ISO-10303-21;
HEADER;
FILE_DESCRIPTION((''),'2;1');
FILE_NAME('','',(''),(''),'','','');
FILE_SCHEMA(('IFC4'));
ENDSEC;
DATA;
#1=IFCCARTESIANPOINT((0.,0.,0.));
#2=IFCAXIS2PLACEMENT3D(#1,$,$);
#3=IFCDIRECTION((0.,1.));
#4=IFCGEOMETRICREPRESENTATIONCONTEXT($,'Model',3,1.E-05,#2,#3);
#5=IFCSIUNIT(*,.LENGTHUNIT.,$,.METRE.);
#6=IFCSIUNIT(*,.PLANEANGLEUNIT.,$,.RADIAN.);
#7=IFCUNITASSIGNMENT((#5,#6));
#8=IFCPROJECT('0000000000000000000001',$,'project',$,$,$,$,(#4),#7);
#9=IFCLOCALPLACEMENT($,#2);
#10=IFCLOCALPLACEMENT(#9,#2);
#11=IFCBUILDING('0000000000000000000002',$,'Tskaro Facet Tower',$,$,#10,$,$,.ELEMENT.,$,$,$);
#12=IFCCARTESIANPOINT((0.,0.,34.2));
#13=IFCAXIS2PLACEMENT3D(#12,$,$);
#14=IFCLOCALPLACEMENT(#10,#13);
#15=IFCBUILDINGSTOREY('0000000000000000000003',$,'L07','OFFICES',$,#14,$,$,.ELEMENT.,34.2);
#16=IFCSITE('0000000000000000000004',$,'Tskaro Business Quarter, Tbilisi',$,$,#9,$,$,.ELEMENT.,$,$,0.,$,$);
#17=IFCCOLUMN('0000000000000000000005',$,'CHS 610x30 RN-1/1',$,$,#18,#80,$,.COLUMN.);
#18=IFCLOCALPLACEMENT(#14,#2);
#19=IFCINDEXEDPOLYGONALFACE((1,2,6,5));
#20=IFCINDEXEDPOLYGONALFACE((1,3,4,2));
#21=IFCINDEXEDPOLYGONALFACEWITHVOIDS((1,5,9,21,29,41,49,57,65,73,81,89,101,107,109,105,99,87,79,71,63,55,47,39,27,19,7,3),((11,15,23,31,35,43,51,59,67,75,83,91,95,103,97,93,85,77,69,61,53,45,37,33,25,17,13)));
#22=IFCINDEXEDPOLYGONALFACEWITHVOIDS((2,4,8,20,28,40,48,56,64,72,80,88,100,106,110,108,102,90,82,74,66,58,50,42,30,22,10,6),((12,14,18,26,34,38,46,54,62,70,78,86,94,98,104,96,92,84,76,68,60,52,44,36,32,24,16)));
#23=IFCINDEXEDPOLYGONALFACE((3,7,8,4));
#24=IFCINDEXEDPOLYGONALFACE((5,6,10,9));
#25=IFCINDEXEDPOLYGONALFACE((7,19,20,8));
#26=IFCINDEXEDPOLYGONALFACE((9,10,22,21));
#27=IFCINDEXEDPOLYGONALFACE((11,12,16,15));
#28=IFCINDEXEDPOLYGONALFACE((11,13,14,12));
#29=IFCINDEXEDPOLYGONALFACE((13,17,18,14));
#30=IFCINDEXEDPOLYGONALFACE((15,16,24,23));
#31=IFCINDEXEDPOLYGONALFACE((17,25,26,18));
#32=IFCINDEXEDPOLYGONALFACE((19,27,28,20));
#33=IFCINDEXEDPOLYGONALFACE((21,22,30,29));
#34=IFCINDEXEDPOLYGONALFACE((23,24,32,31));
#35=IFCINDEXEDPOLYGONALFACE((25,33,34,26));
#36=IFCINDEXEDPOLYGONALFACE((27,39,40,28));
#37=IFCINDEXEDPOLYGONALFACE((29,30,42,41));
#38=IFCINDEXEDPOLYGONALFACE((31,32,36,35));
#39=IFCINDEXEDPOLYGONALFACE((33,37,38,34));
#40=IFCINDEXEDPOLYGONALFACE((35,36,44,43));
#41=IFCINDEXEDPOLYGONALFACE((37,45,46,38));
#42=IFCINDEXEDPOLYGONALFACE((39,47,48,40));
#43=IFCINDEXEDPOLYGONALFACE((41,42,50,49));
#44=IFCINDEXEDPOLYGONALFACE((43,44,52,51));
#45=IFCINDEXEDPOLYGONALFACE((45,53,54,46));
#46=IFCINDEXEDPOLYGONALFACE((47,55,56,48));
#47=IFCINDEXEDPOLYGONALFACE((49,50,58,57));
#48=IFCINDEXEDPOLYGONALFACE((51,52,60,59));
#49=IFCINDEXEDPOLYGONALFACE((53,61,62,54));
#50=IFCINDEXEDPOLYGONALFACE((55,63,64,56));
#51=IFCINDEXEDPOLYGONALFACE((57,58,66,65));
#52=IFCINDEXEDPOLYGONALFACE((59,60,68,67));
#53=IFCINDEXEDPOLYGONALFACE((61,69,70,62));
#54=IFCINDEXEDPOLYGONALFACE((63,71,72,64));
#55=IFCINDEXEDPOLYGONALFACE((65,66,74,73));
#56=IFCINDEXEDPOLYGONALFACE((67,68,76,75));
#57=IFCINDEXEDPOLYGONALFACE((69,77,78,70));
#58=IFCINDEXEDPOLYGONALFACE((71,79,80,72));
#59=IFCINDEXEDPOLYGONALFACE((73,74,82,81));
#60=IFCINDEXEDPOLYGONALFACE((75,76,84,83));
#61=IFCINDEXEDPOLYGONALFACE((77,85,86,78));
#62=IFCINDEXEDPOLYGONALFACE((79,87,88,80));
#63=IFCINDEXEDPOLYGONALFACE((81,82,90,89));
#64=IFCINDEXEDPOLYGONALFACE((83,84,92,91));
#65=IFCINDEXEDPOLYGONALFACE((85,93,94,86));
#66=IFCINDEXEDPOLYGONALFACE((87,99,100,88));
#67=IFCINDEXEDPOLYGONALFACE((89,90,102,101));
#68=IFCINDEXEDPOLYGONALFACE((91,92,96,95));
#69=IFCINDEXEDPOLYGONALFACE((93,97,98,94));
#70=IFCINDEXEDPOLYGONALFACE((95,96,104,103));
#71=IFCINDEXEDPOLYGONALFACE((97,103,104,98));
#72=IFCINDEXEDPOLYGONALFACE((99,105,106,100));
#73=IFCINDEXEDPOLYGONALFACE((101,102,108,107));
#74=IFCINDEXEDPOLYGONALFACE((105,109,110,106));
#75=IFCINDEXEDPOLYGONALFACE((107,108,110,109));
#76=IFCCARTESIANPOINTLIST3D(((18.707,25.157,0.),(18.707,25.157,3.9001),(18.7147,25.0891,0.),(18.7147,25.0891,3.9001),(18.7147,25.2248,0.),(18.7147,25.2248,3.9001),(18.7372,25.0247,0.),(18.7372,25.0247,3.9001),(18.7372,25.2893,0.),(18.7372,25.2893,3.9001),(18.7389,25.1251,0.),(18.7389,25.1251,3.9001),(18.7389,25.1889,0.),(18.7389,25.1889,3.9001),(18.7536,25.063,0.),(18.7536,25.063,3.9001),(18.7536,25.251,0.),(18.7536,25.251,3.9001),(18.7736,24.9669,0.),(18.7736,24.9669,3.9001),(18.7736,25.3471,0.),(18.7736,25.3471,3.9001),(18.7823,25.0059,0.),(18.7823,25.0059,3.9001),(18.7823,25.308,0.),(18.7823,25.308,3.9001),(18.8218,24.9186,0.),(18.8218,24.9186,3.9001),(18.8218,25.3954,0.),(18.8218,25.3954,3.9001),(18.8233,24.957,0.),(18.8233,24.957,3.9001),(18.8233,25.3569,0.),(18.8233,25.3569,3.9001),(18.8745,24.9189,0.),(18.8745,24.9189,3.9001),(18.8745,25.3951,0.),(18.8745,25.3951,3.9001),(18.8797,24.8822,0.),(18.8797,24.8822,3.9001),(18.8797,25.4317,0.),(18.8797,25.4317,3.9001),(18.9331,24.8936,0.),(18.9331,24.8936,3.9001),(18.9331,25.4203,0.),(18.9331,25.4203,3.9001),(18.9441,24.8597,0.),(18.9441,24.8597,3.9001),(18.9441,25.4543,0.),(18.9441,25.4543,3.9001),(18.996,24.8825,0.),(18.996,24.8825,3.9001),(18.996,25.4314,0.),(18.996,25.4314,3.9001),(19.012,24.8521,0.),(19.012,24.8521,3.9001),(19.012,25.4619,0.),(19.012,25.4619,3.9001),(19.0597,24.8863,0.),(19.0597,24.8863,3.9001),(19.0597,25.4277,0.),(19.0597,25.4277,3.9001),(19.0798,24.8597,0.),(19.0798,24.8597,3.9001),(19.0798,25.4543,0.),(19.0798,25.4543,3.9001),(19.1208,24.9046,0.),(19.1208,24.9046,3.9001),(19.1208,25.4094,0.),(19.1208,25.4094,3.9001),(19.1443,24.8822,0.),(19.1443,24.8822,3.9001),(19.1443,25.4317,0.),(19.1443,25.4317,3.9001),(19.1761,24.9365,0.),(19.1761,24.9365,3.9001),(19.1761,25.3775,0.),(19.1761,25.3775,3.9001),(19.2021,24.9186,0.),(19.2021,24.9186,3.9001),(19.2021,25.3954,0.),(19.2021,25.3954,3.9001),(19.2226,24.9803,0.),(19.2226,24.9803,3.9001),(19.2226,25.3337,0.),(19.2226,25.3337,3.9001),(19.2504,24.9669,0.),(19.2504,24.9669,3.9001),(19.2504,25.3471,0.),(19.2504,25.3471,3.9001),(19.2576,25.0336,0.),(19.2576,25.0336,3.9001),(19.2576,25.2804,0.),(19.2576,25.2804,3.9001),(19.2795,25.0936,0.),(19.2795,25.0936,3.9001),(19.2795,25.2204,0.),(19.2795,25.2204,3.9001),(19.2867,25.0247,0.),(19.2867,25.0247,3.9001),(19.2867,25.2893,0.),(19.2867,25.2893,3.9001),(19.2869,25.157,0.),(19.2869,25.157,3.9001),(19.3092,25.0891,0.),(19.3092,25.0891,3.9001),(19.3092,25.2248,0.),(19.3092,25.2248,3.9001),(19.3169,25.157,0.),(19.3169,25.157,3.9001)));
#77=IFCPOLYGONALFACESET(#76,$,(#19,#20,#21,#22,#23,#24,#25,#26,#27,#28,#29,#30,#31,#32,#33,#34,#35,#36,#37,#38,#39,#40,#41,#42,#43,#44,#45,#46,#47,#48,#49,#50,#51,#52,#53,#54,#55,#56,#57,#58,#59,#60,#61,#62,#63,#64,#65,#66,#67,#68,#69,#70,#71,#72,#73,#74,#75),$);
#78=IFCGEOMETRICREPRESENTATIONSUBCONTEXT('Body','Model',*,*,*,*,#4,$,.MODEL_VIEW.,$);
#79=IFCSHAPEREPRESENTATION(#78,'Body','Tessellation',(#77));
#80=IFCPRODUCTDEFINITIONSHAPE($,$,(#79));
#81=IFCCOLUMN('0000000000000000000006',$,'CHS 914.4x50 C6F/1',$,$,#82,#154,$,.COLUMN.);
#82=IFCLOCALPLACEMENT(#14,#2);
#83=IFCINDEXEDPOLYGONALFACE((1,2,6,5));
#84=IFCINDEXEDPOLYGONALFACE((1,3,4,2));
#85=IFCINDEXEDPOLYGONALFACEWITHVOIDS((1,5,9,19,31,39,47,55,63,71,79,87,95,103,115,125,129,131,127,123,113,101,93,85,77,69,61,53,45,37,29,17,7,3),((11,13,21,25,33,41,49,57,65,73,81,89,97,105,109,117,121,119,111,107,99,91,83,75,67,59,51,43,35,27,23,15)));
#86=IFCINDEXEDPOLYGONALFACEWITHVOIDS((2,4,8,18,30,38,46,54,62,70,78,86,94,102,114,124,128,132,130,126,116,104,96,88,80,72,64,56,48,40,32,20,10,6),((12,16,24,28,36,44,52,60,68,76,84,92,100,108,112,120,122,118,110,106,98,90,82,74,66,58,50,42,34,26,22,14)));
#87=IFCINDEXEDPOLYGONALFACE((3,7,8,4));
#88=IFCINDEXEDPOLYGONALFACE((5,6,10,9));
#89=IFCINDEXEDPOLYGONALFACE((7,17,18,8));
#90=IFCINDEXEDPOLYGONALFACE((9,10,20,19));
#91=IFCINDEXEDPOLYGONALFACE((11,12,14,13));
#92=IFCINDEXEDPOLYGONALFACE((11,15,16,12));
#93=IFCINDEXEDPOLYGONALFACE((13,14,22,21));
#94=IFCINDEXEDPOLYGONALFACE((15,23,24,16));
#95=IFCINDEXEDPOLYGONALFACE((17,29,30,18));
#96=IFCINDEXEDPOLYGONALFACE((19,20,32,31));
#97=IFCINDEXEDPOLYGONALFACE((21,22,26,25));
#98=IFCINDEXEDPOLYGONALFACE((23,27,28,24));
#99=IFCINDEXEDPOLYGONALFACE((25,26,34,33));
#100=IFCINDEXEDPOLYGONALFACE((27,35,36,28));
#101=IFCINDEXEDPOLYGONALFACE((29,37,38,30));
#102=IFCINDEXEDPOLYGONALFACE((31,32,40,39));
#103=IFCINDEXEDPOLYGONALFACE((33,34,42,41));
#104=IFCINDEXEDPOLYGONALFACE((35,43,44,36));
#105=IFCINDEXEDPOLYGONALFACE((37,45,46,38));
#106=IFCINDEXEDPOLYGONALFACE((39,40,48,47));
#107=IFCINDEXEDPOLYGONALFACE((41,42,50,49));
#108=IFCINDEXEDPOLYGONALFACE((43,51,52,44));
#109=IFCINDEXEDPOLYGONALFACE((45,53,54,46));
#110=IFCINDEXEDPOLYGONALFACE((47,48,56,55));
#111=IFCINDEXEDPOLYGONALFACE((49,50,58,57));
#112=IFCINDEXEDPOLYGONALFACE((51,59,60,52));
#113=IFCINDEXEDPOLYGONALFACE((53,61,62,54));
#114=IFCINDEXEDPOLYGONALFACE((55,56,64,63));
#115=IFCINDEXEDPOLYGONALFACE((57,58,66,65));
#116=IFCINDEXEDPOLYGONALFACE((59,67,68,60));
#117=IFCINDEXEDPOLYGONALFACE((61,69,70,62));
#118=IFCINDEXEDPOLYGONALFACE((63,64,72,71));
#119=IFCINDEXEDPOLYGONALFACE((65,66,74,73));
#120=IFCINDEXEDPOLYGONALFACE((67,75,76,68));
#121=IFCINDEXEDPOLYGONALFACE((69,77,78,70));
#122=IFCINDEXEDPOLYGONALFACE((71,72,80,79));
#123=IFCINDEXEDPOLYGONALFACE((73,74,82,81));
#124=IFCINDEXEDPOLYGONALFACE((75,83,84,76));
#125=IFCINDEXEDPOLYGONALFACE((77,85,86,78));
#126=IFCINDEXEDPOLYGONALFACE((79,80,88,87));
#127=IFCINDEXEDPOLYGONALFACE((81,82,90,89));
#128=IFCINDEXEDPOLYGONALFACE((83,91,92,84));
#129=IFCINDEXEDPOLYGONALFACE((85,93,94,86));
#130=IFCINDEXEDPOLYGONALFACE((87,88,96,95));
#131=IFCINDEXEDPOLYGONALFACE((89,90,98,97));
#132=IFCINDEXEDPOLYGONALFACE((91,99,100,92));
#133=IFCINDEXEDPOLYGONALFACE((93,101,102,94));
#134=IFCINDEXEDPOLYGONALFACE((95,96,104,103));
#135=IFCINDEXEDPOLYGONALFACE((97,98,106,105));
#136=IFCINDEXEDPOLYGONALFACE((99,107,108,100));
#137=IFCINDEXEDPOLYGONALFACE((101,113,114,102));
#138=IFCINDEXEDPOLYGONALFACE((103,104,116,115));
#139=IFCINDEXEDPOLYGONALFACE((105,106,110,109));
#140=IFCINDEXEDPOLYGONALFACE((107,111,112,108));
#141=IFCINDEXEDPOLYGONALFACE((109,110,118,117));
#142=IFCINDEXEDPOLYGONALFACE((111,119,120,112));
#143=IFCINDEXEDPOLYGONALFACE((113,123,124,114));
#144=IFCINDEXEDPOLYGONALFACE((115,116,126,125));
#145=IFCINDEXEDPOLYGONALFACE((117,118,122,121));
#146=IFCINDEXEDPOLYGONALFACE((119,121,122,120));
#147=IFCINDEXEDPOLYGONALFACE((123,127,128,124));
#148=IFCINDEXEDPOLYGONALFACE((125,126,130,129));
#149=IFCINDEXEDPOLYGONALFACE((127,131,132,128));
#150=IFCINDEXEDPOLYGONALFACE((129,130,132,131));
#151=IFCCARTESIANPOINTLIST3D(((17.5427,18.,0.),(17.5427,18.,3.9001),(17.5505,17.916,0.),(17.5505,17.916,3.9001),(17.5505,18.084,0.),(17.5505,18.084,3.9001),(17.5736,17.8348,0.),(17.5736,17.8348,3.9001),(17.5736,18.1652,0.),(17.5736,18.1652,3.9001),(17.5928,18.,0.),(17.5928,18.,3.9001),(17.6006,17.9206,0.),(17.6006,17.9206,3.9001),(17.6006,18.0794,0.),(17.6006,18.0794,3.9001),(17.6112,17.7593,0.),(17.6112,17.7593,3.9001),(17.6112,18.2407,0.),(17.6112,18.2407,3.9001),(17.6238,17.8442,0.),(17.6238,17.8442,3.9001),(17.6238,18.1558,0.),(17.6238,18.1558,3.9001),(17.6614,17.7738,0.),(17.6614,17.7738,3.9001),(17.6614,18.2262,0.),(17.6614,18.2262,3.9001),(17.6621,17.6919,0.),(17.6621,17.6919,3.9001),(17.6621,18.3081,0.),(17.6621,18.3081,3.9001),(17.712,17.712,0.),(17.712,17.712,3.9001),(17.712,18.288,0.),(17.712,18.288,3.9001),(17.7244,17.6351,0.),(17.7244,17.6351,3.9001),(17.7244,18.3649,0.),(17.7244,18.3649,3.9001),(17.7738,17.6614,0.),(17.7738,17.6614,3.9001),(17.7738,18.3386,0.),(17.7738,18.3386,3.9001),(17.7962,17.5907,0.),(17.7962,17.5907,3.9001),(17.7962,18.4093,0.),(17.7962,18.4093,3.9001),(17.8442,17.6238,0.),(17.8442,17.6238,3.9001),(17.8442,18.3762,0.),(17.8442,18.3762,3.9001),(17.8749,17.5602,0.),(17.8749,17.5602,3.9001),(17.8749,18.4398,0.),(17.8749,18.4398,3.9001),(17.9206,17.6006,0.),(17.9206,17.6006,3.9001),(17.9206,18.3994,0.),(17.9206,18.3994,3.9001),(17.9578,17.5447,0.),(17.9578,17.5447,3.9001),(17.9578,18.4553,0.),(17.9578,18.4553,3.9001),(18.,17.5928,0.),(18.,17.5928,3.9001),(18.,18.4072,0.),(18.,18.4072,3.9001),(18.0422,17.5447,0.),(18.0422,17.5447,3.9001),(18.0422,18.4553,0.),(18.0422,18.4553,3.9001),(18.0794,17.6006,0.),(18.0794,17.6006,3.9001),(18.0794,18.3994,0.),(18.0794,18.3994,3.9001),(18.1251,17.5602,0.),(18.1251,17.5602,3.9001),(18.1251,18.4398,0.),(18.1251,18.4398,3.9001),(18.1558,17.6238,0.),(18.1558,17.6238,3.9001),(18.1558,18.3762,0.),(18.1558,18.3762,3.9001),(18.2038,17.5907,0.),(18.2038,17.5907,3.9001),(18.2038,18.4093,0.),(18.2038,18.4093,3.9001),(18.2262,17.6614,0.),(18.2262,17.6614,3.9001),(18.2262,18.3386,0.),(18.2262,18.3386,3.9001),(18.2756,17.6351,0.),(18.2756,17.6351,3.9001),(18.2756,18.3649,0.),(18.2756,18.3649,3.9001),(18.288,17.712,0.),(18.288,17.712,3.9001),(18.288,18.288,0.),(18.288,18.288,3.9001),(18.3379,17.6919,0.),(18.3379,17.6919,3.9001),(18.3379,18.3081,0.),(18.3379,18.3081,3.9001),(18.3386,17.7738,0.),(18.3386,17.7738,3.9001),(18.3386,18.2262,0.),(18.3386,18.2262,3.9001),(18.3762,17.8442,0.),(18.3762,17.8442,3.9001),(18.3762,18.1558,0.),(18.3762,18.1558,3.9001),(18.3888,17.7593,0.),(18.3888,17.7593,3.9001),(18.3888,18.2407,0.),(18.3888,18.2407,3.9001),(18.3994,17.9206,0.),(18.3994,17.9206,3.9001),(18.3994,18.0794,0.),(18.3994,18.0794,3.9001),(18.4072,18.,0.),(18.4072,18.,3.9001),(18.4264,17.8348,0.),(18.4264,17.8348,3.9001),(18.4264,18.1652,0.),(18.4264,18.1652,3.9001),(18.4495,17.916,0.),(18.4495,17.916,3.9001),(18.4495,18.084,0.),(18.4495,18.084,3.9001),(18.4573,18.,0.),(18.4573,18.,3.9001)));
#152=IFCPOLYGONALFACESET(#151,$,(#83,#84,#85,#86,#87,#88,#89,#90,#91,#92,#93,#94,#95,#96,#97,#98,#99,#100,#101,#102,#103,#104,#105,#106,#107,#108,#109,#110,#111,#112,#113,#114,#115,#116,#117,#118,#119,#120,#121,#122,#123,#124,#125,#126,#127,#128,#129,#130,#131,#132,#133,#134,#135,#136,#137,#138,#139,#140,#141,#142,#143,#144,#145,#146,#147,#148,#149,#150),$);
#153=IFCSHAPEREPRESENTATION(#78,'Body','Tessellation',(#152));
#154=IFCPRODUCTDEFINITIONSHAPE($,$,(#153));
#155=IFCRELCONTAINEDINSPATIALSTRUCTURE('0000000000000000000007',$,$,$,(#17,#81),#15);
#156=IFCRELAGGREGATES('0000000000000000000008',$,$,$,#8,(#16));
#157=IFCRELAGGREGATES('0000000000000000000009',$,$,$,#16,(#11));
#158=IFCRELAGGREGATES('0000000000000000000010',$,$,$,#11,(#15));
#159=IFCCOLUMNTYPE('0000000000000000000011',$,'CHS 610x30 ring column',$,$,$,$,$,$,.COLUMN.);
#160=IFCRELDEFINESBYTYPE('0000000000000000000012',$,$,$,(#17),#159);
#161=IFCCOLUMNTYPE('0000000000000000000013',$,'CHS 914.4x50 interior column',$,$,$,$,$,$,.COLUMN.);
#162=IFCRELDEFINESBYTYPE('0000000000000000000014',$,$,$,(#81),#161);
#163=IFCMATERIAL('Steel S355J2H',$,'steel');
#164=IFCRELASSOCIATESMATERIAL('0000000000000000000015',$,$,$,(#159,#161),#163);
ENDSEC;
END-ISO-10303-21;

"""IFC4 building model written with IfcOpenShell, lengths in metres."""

from ifc_helpers import new_model, si_unit, direction, frame, origin, origin_2d, place, context, subcontext, project, spatial, hollow_circle, extrude, material, material_profile, profile_set, type_object, element, save


model = new_model("IFC4")

# Units and contexts
model_context = context("Model", 3, precision=1e-05, world=origin(), true_north=direction((0.0, 1.0)))
body_context = subcontext(model_context, "Body", "Model", "MODEL_VIEW")
ifc_project = project(units=[si_unit("LENGTHUNIT", "METRE"), si_unit("PLANEANGLEUNIT", "RADIAN")], contexts=[model_context])

# Site, building, storey
site_placement = place(None, origin())
site = spatial("IfcSite", under=ifc_project, at=site_placement, Name="Tskaro Business Quarter, Tbilisi", CompositionType="ELEMENT", RefElevation=0.0)
building_placement = place(site_placement, origin())
building = spatial("IfcBuilding", under=site, at=building_placement, Name="Tskaro Facet Tower", CompositionType="ELEMENT")
storey_placement = place(building_placement, frame((0.0, 0.0, 34.2)))
storey = spatial("IfcBuildingStorey", under=building, at=storey_placement, Name="L07", Description="OFFICES", CompositionType="ELEMENT", Elevation=34.2)

# Columns
ifc_material_1 = material(Name="Steel S355J2H", Category="steel")
ifc_material_profile_1 = material_profile(ifc_material_1, hollow_circle(Radius=0.3049, WallThickness=0.03, at=origin_2d()), Name="CHS 610x30")
ifc_profile_set_1 = profile_set([ifc_material_profile_1], Name="Steel S355J2H")
column_type_1 = type_object("IfcColumnType", Name="CHS 610x30 ring column", PredefinedType="COLUMN", material=ifc_profile_set_1)
for number, where, z_axis, x_axis, name in (
    (1, (19.012, 25.157, 0.0), (0.0, 0.0, 1.0), (1.0, 0.0, 0.0), "CHS 610x30 RN-1/1"),
):
    element("IfcColumn", number, at=place(storey_placement, frame(where, z_axis=z_axis, x_axis=x_axis)), inside=storey, type_object=column_type_1, Name=name, PredefinedType="COLUMN", context=body_context, shape_type="SweptSolid", body=[
        extrude(hollow_circle(Radius=0.3049, WallThickness=0.03, at=origin_2d()), origin(), (0.0, 0.0, 1.0), 3.9001),
    ])
ifc_material_profile_2 = material_profile(ifc_material_1, hollow_circle(Radius=0.4573, WallThickness=0.05, at=origin_2d()), Name="CHS 914.4x50")
ifc_profile_set_2 = profile_set([ifc_material_profile_2], Name="Steel S355J2H")
column_type_2 = type_object("IfcColumnType", Name="CHS 914.4x50 interior column", PredefinedType="COLUMN", material=ifc_profile_set_2)
column_placement = place(storey_placement, frame((18.0, 18.0, 0.0), z_axis=(0.0, 0.0, 1.0), x_axis=(1.0, 0.0, 0.0)))
element("IfcColumn", 2, at=column_placement, inside=storey, type_object=column_type_2, Name="CHS 914.4x50 C6F/1", PredefinedType="COLUMN", context=body_context, shape_type="SweptSolid", body=[
    extrude(hollow_circle(Radius=0.4573, WallThickness=0.05, at=origin_2d()), origin(), (0.0, 0.0, 1.0), 3.9001),
])

save(model, "model.ifc")
